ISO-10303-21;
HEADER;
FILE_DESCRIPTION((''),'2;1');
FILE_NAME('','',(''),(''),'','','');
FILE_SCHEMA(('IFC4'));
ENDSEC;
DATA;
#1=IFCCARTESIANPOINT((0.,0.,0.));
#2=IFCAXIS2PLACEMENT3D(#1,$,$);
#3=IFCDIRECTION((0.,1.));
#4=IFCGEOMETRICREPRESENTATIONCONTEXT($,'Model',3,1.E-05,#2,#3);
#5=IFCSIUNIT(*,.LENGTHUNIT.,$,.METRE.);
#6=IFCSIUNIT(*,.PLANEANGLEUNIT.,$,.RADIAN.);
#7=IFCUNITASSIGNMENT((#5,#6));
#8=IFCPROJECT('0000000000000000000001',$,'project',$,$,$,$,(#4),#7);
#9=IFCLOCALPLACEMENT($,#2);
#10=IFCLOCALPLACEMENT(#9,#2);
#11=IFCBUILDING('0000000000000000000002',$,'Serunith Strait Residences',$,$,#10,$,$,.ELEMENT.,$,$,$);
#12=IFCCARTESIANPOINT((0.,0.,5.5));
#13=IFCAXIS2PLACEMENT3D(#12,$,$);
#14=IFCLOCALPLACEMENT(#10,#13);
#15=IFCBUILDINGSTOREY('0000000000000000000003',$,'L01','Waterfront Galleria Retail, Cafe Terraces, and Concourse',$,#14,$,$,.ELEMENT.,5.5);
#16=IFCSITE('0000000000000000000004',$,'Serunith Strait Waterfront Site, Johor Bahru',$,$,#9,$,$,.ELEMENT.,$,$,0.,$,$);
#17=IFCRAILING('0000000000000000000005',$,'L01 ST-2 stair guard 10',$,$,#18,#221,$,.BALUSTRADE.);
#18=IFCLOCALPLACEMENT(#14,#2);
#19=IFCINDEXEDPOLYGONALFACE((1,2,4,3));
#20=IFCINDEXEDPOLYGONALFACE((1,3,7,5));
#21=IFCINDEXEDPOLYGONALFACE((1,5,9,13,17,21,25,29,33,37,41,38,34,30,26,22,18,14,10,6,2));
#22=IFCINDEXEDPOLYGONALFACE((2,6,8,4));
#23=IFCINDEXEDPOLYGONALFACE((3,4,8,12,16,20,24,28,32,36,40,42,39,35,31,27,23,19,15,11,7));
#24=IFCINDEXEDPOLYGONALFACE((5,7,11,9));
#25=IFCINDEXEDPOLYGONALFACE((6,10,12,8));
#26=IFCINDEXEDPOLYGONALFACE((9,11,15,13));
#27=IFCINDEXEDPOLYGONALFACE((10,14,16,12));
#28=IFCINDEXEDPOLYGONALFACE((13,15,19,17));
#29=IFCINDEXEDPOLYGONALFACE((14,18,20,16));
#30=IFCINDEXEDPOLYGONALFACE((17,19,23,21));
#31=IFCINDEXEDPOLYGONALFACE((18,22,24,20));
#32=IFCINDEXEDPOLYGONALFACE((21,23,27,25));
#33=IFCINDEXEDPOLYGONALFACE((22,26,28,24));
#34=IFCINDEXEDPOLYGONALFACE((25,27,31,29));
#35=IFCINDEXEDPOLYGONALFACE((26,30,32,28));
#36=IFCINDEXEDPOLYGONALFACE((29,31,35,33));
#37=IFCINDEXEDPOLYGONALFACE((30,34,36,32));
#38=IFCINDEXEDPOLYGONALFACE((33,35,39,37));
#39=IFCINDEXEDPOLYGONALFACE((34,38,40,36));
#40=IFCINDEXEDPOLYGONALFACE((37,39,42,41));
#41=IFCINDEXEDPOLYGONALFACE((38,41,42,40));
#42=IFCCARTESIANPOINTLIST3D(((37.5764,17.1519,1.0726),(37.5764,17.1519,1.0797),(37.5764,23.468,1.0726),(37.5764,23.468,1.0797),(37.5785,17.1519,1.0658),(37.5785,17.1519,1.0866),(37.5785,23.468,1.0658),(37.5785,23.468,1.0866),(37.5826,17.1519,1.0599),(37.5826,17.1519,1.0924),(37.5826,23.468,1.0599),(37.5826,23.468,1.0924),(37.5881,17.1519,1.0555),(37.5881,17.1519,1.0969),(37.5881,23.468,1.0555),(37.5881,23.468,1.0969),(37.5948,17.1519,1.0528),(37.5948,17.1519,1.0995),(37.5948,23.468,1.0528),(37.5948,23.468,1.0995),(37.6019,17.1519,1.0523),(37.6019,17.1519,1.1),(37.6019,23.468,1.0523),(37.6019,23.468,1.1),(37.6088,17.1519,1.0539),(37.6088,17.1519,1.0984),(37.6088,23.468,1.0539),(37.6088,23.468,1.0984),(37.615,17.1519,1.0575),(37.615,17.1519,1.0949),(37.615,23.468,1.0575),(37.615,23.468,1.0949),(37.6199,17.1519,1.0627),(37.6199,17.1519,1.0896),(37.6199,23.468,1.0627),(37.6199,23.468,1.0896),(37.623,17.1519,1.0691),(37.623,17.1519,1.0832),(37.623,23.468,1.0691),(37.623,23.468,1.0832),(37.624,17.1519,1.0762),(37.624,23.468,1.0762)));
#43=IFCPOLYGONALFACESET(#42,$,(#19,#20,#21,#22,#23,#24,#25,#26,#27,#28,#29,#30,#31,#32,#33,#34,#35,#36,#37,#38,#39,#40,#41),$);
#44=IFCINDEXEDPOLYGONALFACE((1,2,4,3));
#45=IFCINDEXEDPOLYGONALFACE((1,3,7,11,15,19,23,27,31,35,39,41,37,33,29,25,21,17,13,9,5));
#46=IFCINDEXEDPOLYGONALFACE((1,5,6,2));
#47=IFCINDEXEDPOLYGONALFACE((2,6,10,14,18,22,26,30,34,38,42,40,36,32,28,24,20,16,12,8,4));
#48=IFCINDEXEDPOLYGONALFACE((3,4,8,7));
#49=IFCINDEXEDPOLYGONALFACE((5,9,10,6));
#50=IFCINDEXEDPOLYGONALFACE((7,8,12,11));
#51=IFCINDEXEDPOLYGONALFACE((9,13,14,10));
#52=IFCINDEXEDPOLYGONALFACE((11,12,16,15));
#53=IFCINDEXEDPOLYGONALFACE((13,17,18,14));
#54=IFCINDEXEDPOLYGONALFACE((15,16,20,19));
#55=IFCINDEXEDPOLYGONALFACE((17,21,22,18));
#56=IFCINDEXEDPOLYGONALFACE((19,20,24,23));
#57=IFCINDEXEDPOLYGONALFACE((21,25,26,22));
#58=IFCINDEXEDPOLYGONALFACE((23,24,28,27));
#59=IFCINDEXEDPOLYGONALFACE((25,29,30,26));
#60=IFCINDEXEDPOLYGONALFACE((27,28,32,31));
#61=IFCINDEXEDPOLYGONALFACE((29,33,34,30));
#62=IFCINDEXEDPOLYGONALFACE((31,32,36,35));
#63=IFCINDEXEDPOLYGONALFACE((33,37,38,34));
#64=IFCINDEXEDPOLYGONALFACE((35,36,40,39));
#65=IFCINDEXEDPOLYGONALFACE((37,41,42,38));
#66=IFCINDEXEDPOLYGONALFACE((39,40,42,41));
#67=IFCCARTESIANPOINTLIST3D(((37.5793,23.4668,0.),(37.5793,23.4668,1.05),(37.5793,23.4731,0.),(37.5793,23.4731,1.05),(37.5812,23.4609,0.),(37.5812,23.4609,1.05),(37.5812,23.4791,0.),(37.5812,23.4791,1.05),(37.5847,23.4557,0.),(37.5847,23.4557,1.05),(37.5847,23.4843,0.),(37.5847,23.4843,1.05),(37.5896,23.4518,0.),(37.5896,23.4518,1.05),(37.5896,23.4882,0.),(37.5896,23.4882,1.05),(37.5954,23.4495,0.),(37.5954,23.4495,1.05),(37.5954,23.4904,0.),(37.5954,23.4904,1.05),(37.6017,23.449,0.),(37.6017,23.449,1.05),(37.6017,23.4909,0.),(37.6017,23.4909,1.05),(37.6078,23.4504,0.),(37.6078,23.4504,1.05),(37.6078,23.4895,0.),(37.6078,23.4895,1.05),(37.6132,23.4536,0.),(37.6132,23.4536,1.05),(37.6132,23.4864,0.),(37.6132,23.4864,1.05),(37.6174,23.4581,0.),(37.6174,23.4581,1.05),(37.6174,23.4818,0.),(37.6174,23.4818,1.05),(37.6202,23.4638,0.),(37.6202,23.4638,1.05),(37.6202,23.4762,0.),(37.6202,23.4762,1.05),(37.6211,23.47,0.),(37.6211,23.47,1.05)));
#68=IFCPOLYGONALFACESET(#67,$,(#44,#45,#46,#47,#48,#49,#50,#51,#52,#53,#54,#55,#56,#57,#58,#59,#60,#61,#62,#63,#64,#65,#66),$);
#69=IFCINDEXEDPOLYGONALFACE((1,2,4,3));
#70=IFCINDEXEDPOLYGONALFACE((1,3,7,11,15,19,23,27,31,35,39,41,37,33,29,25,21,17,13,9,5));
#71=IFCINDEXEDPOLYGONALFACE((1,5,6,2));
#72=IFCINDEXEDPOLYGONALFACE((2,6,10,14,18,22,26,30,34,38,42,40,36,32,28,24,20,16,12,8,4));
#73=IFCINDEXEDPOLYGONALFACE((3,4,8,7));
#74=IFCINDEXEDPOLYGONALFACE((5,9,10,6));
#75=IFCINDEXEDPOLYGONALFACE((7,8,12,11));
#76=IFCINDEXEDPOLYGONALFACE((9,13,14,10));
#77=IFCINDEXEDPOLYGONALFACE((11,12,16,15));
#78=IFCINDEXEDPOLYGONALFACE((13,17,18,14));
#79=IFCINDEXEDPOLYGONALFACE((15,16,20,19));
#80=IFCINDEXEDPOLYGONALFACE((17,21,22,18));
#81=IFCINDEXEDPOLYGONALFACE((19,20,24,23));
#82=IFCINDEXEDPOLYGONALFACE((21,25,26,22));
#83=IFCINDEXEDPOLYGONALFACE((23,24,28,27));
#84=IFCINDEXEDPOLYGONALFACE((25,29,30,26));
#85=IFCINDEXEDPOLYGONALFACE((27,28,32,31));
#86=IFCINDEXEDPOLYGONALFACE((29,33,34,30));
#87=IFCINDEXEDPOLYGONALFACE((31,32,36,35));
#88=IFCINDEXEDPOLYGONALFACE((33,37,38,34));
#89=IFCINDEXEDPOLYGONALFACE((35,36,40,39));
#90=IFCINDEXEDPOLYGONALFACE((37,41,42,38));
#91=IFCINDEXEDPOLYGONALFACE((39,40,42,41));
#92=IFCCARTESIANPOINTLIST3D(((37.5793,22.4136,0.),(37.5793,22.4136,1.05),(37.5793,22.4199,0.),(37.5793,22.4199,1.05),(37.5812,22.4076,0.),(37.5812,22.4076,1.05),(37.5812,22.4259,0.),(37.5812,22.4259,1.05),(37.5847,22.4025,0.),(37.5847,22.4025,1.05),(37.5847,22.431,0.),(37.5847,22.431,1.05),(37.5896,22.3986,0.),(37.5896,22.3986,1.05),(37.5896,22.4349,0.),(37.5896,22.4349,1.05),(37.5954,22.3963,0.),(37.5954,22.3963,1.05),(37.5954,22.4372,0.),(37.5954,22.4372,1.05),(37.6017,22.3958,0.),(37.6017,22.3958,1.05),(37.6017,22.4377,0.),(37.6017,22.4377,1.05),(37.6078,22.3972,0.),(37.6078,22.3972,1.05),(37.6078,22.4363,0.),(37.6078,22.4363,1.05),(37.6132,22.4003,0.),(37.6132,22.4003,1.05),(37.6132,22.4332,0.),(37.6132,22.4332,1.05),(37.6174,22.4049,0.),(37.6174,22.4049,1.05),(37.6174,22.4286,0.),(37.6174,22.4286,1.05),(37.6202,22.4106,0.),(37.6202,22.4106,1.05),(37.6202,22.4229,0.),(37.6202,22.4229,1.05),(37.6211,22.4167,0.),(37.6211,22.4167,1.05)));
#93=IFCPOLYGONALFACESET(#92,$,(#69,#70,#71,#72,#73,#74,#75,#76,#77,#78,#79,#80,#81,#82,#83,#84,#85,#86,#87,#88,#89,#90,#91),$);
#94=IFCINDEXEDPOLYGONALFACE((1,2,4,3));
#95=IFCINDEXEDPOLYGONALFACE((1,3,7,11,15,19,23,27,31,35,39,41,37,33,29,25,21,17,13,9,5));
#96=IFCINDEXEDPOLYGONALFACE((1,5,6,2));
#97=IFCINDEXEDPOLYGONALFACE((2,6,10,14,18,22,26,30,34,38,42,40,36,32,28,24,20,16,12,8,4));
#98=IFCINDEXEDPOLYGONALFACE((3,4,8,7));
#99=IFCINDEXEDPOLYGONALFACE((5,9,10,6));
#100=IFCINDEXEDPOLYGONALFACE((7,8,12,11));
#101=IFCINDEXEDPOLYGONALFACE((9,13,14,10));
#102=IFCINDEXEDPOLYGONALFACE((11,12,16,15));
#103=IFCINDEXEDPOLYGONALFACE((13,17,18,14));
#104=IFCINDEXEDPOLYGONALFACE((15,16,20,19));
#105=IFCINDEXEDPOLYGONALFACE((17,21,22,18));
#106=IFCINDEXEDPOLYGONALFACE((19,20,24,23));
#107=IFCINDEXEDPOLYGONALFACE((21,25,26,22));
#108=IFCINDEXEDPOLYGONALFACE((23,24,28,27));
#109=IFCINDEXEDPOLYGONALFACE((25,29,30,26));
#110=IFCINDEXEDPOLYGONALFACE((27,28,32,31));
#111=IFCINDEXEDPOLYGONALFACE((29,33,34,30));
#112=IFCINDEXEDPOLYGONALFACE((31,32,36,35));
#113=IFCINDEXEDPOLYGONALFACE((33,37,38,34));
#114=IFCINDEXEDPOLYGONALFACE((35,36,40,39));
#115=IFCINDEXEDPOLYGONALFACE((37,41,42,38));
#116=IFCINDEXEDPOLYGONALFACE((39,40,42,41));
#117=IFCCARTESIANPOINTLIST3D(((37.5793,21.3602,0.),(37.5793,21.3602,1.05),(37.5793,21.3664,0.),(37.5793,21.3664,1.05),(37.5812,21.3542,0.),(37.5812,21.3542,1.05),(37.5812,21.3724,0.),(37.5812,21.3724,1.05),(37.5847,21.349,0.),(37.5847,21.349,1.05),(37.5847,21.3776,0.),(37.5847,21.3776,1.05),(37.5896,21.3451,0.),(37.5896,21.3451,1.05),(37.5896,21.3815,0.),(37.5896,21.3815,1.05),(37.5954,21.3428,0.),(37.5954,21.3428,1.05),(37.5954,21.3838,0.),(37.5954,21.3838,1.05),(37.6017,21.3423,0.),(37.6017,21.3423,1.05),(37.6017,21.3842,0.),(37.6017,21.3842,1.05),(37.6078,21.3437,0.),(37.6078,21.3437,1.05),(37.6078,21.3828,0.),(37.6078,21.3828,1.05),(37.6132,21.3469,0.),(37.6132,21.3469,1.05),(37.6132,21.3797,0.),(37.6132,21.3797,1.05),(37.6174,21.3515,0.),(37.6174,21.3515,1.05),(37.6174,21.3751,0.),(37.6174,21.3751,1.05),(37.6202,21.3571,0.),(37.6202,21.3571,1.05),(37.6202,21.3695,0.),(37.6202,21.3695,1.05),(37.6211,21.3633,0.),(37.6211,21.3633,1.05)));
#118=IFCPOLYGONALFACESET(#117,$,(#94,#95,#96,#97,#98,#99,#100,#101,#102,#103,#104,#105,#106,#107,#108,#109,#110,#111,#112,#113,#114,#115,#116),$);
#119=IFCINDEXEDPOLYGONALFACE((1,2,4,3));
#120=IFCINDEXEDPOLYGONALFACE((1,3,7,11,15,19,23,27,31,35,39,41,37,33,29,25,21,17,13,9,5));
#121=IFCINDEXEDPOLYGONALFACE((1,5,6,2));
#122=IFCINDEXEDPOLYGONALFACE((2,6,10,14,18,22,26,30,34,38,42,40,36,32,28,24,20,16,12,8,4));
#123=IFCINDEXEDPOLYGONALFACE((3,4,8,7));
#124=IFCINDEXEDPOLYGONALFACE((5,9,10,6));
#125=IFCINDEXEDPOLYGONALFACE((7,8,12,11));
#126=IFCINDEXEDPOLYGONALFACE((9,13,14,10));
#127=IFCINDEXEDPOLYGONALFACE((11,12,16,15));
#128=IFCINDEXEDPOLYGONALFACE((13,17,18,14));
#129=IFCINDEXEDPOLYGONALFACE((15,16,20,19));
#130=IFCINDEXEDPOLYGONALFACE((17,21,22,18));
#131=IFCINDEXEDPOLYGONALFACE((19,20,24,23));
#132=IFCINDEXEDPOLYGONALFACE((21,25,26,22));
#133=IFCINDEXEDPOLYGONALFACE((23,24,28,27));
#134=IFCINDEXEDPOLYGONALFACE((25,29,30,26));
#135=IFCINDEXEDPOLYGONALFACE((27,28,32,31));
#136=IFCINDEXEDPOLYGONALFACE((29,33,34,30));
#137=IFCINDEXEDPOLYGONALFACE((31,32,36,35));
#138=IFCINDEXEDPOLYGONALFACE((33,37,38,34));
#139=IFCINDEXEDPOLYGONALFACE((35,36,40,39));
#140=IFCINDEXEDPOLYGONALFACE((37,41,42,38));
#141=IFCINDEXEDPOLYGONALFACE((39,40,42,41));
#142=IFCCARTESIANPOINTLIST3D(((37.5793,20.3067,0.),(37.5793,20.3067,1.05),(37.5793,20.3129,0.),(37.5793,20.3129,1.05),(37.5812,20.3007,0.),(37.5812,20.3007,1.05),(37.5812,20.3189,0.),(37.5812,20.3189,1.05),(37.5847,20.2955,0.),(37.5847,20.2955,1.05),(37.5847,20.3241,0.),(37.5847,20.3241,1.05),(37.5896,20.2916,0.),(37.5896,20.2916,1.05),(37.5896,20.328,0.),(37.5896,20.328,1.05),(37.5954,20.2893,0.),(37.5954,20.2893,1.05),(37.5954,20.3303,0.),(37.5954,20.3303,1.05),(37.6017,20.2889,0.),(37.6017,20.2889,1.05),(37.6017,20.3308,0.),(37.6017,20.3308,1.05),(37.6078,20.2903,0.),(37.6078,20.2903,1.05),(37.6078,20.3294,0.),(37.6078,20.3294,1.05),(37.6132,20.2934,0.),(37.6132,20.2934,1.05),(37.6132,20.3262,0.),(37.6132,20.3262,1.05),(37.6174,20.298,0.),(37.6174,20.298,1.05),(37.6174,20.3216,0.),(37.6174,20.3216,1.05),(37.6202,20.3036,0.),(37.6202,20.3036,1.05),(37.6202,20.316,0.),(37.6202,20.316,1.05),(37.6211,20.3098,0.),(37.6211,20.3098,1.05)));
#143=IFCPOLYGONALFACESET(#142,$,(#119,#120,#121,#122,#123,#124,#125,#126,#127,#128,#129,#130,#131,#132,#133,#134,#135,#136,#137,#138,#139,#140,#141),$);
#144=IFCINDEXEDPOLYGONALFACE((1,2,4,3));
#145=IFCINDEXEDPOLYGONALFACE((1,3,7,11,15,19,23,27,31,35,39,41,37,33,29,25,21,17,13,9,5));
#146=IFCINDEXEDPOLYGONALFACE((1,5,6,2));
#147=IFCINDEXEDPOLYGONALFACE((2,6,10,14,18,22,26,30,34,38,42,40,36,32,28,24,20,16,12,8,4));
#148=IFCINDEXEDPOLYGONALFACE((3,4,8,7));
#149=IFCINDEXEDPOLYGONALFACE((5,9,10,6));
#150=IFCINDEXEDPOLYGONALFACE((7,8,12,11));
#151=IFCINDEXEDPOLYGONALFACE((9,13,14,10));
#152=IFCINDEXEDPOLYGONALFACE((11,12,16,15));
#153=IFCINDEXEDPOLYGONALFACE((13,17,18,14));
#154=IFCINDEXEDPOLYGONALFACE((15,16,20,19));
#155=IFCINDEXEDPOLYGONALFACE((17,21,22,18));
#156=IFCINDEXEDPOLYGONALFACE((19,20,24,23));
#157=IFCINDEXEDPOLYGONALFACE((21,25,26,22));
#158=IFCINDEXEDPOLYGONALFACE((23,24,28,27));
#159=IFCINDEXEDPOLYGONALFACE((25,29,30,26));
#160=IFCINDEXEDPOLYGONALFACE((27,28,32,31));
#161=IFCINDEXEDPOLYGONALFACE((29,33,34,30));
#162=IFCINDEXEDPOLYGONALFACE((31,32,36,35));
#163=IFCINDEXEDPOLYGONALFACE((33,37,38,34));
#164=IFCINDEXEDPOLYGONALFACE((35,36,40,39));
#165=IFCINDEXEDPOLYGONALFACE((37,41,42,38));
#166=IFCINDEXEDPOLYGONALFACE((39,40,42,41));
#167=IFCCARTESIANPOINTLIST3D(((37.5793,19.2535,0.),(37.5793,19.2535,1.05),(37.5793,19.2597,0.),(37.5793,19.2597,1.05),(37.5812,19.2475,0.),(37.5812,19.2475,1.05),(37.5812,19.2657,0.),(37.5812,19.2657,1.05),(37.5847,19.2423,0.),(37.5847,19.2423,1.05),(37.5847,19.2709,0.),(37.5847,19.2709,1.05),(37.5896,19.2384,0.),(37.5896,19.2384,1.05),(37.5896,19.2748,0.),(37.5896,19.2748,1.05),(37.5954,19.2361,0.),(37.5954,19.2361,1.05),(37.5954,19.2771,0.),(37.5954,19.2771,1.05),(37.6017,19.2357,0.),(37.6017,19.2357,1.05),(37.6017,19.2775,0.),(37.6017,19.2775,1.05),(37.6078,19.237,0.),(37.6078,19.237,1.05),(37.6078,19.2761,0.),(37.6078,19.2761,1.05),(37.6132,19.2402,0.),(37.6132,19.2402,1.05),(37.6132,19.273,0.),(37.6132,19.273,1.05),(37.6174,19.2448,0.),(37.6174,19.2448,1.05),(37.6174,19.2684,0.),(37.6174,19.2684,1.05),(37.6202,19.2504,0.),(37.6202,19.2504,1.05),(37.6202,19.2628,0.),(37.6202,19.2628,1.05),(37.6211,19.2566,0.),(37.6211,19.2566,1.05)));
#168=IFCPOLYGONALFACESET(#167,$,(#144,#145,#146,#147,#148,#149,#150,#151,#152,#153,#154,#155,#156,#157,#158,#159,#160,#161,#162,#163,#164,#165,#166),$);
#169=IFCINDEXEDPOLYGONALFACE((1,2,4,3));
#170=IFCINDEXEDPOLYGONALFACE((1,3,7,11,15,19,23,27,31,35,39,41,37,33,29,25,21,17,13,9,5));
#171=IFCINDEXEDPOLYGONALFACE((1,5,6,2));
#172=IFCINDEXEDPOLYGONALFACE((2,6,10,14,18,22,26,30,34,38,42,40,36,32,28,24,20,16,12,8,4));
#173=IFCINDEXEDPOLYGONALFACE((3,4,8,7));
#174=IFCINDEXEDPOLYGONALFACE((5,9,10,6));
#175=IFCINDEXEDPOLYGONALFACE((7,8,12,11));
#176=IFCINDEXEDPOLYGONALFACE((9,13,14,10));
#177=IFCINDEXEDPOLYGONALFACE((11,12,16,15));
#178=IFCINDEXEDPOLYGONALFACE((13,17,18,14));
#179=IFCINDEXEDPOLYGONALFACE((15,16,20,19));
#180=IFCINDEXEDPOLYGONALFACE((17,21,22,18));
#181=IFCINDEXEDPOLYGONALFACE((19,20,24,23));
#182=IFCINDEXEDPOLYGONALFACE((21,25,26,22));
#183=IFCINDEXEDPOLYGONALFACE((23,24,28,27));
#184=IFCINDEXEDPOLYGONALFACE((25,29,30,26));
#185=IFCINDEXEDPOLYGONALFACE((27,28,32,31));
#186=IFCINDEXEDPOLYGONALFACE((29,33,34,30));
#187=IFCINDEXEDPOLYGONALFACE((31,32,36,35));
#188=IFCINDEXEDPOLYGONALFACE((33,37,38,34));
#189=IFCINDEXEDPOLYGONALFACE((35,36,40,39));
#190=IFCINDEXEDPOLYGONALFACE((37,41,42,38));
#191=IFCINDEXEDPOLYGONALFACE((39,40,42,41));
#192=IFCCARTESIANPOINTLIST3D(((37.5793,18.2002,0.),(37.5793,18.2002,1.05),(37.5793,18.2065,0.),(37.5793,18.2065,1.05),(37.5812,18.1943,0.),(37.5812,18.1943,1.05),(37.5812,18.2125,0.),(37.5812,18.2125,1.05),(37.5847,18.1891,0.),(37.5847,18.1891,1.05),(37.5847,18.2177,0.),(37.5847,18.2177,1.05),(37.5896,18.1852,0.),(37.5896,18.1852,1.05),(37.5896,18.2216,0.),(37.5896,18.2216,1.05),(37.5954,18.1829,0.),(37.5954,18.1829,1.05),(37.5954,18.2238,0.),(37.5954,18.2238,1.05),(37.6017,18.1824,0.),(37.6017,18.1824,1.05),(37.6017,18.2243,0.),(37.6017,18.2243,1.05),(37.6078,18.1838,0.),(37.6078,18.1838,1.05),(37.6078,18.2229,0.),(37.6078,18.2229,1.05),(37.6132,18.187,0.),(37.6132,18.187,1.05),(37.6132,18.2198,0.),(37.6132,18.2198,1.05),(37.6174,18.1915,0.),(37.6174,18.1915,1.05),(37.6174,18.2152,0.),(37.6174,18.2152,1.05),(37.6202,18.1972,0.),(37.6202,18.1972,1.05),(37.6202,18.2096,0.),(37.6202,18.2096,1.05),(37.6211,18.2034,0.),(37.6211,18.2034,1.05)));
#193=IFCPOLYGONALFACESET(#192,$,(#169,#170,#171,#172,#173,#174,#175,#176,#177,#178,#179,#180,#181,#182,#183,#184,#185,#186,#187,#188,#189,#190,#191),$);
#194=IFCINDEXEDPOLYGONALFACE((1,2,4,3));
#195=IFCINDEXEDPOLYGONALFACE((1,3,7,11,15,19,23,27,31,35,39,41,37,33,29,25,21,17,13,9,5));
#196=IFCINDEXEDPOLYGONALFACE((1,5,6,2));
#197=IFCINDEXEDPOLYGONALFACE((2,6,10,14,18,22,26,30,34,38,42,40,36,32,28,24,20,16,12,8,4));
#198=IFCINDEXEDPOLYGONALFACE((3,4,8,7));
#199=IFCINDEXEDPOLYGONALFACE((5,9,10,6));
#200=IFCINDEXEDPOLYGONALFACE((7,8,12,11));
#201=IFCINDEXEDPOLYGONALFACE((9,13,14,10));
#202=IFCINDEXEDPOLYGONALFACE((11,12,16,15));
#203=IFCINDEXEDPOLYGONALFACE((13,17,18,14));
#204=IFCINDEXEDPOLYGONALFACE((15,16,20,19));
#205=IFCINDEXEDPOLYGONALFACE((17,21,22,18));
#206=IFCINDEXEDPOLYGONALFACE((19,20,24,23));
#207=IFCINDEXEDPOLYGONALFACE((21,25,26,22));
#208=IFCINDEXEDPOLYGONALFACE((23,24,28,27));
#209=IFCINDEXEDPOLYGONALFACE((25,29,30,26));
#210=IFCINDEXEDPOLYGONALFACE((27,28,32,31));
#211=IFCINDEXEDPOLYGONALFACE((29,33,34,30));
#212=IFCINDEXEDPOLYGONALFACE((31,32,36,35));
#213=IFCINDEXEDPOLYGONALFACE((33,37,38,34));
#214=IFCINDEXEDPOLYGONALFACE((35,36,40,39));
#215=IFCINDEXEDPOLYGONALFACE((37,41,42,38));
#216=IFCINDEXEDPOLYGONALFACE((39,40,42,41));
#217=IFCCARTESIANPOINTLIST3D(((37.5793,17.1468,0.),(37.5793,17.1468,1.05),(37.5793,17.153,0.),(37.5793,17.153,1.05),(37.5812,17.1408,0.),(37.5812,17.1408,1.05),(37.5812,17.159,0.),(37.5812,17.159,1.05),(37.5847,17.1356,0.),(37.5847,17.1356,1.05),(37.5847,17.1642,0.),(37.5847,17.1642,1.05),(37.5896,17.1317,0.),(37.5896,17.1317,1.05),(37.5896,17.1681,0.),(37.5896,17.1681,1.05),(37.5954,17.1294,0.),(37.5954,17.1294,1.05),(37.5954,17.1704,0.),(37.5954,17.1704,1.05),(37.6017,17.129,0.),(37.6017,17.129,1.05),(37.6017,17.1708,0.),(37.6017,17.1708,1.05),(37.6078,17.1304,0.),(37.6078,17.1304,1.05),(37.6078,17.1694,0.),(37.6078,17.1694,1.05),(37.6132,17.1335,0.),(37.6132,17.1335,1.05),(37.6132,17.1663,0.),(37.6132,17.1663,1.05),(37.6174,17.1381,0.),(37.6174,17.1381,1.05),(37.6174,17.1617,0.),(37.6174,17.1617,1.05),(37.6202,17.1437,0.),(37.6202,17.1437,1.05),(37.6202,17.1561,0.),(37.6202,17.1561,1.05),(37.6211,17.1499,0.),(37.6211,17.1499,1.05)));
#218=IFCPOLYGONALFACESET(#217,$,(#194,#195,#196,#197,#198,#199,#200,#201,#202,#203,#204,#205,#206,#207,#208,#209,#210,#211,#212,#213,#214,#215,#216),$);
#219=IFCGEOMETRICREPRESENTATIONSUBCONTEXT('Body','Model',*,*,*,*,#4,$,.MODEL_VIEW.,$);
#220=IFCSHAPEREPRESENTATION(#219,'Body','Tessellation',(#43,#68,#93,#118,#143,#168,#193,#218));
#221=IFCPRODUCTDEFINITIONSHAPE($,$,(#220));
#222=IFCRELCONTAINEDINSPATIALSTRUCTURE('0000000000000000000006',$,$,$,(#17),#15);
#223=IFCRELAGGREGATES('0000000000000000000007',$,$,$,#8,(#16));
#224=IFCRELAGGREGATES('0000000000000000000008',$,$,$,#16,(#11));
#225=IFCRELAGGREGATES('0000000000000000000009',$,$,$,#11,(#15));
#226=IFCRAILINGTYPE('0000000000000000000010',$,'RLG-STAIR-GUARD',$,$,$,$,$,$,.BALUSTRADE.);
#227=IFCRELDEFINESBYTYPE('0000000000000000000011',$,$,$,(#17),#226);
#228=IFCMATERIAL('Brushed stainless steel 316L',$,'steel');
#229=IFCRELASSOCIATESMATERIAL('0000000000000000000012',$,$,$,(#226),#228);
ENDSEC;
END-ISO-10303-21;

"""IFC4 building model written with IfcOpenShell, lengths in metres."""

from ifc_helpers import new_model, si_unit, direction, frame, origin, origin_2d, place, context, subcontext, project, spatial, circle, extrude, material, type_object, element, save


model = new_model("IFC4")

# Units and contexts
model_context = context("Model", 3, precision=1e-05, world=origin(), true_north=direction((0.0, 1.0)))
body_context = subcontext(model_context, "Body", "Model", "MODEL_VIEW")
ifc_project = project(units=[si_unit("LENGTHUNIT", "METRE"), si_unit("PLANEANGLEUNIT", "RADIAN")], contexts=[model_context])

# Site, building, storey
site_placement = place(None, origin())
site = spatial("IfcSite", under=ifc_project, at=site_placement, Name="Serunith Strait Waterfront Site, Johor Bahru", CompositionType="ELEMENT", RefElevation=0.0)
building_placement = place(site_placement, origin())
building = spatial("IfcBuilding", under=site, at=building_placement, Name="Serunith Strait Residences", CompositionType="ELEMENT")
storey_placement = place(building_placement, frame((0.0, 0.0, 5.5)))
storey = spatial("IfcBuildingStorey", under=building, at=storey_placement, Name="L01", Description="Waterfront Galleria Retail, Cafe Terraces, and Concourse", CompositionType="ELEMENT", Elevation=5.5)

# Railing
ifc_material_1 = material(Name="Brushed stainless steel 316L", Category="steel")
railing_type_1 = type_object("IfcRailingType", Name="RLG-STAIR-GUARD", PredefinedType="BALUSTRADE", material=ifc_material_1)
railing_1_placement = place(storey_placement, frame((37.6001, 23.47, 0.0)))
element("IfcRailing", 1, at=railing_1_placement, inside=storey, type_object=railing_type_1, Name="L01 ST-2 stair guard 10", PredefinedType="BALUSTRADE", context=body_context, shape_type="SweptSolid", body=[
    extrude(circle(Radius=0.0239, at=origin_2d()), frame((0.0, -0.002, 1.0762), z_axis=(0.0, -1.0, 0.0), x_axis=(1.0, 0.0, 0.0)), (0.0, 0.0, 1.0), 6.3162),
    extrude(circle(Radius=0.021, at=origin_2d()), origin(), (0.0, 0.0, 1.0), 1.05),
    extrude(circle(Radius=0.021, at=origin_2d()), frame((0.0, -1.0532, 0.0)), (0.0, 0.0, 1.0), 1.05),
    extrude(circle(Radius=0.021, at=origin_2d()), frame((0.0, -2.1067, 0.0)), (0.0, 0.0, 1.0), 1.05),
    extrude(circle(Radius=0.021, at=origin_2d()), frame((0.0, -3.1602, 0.0)), (0.0, 0.0, 1.0), 1.05),
    extrude(circle(Radius=0.021, at=origin_2d()), frame((0.0, -4.2134, 0.0)), (0.0, 0.0, 1.0), 1.05),
    extrude(circle(Radius=0.021, at=origin_2d()), frame((0.0, -5.2666, 0.0)), (0.0, 0.0, 1.0), 1.05),
    extrude(circle(Radius=0.021, at=origin_2d()), frame((0.0, -6.3201, 0.0)), (0.0, 0.0, 1.0), 1.05),
])

save(model, "model.ifc")
